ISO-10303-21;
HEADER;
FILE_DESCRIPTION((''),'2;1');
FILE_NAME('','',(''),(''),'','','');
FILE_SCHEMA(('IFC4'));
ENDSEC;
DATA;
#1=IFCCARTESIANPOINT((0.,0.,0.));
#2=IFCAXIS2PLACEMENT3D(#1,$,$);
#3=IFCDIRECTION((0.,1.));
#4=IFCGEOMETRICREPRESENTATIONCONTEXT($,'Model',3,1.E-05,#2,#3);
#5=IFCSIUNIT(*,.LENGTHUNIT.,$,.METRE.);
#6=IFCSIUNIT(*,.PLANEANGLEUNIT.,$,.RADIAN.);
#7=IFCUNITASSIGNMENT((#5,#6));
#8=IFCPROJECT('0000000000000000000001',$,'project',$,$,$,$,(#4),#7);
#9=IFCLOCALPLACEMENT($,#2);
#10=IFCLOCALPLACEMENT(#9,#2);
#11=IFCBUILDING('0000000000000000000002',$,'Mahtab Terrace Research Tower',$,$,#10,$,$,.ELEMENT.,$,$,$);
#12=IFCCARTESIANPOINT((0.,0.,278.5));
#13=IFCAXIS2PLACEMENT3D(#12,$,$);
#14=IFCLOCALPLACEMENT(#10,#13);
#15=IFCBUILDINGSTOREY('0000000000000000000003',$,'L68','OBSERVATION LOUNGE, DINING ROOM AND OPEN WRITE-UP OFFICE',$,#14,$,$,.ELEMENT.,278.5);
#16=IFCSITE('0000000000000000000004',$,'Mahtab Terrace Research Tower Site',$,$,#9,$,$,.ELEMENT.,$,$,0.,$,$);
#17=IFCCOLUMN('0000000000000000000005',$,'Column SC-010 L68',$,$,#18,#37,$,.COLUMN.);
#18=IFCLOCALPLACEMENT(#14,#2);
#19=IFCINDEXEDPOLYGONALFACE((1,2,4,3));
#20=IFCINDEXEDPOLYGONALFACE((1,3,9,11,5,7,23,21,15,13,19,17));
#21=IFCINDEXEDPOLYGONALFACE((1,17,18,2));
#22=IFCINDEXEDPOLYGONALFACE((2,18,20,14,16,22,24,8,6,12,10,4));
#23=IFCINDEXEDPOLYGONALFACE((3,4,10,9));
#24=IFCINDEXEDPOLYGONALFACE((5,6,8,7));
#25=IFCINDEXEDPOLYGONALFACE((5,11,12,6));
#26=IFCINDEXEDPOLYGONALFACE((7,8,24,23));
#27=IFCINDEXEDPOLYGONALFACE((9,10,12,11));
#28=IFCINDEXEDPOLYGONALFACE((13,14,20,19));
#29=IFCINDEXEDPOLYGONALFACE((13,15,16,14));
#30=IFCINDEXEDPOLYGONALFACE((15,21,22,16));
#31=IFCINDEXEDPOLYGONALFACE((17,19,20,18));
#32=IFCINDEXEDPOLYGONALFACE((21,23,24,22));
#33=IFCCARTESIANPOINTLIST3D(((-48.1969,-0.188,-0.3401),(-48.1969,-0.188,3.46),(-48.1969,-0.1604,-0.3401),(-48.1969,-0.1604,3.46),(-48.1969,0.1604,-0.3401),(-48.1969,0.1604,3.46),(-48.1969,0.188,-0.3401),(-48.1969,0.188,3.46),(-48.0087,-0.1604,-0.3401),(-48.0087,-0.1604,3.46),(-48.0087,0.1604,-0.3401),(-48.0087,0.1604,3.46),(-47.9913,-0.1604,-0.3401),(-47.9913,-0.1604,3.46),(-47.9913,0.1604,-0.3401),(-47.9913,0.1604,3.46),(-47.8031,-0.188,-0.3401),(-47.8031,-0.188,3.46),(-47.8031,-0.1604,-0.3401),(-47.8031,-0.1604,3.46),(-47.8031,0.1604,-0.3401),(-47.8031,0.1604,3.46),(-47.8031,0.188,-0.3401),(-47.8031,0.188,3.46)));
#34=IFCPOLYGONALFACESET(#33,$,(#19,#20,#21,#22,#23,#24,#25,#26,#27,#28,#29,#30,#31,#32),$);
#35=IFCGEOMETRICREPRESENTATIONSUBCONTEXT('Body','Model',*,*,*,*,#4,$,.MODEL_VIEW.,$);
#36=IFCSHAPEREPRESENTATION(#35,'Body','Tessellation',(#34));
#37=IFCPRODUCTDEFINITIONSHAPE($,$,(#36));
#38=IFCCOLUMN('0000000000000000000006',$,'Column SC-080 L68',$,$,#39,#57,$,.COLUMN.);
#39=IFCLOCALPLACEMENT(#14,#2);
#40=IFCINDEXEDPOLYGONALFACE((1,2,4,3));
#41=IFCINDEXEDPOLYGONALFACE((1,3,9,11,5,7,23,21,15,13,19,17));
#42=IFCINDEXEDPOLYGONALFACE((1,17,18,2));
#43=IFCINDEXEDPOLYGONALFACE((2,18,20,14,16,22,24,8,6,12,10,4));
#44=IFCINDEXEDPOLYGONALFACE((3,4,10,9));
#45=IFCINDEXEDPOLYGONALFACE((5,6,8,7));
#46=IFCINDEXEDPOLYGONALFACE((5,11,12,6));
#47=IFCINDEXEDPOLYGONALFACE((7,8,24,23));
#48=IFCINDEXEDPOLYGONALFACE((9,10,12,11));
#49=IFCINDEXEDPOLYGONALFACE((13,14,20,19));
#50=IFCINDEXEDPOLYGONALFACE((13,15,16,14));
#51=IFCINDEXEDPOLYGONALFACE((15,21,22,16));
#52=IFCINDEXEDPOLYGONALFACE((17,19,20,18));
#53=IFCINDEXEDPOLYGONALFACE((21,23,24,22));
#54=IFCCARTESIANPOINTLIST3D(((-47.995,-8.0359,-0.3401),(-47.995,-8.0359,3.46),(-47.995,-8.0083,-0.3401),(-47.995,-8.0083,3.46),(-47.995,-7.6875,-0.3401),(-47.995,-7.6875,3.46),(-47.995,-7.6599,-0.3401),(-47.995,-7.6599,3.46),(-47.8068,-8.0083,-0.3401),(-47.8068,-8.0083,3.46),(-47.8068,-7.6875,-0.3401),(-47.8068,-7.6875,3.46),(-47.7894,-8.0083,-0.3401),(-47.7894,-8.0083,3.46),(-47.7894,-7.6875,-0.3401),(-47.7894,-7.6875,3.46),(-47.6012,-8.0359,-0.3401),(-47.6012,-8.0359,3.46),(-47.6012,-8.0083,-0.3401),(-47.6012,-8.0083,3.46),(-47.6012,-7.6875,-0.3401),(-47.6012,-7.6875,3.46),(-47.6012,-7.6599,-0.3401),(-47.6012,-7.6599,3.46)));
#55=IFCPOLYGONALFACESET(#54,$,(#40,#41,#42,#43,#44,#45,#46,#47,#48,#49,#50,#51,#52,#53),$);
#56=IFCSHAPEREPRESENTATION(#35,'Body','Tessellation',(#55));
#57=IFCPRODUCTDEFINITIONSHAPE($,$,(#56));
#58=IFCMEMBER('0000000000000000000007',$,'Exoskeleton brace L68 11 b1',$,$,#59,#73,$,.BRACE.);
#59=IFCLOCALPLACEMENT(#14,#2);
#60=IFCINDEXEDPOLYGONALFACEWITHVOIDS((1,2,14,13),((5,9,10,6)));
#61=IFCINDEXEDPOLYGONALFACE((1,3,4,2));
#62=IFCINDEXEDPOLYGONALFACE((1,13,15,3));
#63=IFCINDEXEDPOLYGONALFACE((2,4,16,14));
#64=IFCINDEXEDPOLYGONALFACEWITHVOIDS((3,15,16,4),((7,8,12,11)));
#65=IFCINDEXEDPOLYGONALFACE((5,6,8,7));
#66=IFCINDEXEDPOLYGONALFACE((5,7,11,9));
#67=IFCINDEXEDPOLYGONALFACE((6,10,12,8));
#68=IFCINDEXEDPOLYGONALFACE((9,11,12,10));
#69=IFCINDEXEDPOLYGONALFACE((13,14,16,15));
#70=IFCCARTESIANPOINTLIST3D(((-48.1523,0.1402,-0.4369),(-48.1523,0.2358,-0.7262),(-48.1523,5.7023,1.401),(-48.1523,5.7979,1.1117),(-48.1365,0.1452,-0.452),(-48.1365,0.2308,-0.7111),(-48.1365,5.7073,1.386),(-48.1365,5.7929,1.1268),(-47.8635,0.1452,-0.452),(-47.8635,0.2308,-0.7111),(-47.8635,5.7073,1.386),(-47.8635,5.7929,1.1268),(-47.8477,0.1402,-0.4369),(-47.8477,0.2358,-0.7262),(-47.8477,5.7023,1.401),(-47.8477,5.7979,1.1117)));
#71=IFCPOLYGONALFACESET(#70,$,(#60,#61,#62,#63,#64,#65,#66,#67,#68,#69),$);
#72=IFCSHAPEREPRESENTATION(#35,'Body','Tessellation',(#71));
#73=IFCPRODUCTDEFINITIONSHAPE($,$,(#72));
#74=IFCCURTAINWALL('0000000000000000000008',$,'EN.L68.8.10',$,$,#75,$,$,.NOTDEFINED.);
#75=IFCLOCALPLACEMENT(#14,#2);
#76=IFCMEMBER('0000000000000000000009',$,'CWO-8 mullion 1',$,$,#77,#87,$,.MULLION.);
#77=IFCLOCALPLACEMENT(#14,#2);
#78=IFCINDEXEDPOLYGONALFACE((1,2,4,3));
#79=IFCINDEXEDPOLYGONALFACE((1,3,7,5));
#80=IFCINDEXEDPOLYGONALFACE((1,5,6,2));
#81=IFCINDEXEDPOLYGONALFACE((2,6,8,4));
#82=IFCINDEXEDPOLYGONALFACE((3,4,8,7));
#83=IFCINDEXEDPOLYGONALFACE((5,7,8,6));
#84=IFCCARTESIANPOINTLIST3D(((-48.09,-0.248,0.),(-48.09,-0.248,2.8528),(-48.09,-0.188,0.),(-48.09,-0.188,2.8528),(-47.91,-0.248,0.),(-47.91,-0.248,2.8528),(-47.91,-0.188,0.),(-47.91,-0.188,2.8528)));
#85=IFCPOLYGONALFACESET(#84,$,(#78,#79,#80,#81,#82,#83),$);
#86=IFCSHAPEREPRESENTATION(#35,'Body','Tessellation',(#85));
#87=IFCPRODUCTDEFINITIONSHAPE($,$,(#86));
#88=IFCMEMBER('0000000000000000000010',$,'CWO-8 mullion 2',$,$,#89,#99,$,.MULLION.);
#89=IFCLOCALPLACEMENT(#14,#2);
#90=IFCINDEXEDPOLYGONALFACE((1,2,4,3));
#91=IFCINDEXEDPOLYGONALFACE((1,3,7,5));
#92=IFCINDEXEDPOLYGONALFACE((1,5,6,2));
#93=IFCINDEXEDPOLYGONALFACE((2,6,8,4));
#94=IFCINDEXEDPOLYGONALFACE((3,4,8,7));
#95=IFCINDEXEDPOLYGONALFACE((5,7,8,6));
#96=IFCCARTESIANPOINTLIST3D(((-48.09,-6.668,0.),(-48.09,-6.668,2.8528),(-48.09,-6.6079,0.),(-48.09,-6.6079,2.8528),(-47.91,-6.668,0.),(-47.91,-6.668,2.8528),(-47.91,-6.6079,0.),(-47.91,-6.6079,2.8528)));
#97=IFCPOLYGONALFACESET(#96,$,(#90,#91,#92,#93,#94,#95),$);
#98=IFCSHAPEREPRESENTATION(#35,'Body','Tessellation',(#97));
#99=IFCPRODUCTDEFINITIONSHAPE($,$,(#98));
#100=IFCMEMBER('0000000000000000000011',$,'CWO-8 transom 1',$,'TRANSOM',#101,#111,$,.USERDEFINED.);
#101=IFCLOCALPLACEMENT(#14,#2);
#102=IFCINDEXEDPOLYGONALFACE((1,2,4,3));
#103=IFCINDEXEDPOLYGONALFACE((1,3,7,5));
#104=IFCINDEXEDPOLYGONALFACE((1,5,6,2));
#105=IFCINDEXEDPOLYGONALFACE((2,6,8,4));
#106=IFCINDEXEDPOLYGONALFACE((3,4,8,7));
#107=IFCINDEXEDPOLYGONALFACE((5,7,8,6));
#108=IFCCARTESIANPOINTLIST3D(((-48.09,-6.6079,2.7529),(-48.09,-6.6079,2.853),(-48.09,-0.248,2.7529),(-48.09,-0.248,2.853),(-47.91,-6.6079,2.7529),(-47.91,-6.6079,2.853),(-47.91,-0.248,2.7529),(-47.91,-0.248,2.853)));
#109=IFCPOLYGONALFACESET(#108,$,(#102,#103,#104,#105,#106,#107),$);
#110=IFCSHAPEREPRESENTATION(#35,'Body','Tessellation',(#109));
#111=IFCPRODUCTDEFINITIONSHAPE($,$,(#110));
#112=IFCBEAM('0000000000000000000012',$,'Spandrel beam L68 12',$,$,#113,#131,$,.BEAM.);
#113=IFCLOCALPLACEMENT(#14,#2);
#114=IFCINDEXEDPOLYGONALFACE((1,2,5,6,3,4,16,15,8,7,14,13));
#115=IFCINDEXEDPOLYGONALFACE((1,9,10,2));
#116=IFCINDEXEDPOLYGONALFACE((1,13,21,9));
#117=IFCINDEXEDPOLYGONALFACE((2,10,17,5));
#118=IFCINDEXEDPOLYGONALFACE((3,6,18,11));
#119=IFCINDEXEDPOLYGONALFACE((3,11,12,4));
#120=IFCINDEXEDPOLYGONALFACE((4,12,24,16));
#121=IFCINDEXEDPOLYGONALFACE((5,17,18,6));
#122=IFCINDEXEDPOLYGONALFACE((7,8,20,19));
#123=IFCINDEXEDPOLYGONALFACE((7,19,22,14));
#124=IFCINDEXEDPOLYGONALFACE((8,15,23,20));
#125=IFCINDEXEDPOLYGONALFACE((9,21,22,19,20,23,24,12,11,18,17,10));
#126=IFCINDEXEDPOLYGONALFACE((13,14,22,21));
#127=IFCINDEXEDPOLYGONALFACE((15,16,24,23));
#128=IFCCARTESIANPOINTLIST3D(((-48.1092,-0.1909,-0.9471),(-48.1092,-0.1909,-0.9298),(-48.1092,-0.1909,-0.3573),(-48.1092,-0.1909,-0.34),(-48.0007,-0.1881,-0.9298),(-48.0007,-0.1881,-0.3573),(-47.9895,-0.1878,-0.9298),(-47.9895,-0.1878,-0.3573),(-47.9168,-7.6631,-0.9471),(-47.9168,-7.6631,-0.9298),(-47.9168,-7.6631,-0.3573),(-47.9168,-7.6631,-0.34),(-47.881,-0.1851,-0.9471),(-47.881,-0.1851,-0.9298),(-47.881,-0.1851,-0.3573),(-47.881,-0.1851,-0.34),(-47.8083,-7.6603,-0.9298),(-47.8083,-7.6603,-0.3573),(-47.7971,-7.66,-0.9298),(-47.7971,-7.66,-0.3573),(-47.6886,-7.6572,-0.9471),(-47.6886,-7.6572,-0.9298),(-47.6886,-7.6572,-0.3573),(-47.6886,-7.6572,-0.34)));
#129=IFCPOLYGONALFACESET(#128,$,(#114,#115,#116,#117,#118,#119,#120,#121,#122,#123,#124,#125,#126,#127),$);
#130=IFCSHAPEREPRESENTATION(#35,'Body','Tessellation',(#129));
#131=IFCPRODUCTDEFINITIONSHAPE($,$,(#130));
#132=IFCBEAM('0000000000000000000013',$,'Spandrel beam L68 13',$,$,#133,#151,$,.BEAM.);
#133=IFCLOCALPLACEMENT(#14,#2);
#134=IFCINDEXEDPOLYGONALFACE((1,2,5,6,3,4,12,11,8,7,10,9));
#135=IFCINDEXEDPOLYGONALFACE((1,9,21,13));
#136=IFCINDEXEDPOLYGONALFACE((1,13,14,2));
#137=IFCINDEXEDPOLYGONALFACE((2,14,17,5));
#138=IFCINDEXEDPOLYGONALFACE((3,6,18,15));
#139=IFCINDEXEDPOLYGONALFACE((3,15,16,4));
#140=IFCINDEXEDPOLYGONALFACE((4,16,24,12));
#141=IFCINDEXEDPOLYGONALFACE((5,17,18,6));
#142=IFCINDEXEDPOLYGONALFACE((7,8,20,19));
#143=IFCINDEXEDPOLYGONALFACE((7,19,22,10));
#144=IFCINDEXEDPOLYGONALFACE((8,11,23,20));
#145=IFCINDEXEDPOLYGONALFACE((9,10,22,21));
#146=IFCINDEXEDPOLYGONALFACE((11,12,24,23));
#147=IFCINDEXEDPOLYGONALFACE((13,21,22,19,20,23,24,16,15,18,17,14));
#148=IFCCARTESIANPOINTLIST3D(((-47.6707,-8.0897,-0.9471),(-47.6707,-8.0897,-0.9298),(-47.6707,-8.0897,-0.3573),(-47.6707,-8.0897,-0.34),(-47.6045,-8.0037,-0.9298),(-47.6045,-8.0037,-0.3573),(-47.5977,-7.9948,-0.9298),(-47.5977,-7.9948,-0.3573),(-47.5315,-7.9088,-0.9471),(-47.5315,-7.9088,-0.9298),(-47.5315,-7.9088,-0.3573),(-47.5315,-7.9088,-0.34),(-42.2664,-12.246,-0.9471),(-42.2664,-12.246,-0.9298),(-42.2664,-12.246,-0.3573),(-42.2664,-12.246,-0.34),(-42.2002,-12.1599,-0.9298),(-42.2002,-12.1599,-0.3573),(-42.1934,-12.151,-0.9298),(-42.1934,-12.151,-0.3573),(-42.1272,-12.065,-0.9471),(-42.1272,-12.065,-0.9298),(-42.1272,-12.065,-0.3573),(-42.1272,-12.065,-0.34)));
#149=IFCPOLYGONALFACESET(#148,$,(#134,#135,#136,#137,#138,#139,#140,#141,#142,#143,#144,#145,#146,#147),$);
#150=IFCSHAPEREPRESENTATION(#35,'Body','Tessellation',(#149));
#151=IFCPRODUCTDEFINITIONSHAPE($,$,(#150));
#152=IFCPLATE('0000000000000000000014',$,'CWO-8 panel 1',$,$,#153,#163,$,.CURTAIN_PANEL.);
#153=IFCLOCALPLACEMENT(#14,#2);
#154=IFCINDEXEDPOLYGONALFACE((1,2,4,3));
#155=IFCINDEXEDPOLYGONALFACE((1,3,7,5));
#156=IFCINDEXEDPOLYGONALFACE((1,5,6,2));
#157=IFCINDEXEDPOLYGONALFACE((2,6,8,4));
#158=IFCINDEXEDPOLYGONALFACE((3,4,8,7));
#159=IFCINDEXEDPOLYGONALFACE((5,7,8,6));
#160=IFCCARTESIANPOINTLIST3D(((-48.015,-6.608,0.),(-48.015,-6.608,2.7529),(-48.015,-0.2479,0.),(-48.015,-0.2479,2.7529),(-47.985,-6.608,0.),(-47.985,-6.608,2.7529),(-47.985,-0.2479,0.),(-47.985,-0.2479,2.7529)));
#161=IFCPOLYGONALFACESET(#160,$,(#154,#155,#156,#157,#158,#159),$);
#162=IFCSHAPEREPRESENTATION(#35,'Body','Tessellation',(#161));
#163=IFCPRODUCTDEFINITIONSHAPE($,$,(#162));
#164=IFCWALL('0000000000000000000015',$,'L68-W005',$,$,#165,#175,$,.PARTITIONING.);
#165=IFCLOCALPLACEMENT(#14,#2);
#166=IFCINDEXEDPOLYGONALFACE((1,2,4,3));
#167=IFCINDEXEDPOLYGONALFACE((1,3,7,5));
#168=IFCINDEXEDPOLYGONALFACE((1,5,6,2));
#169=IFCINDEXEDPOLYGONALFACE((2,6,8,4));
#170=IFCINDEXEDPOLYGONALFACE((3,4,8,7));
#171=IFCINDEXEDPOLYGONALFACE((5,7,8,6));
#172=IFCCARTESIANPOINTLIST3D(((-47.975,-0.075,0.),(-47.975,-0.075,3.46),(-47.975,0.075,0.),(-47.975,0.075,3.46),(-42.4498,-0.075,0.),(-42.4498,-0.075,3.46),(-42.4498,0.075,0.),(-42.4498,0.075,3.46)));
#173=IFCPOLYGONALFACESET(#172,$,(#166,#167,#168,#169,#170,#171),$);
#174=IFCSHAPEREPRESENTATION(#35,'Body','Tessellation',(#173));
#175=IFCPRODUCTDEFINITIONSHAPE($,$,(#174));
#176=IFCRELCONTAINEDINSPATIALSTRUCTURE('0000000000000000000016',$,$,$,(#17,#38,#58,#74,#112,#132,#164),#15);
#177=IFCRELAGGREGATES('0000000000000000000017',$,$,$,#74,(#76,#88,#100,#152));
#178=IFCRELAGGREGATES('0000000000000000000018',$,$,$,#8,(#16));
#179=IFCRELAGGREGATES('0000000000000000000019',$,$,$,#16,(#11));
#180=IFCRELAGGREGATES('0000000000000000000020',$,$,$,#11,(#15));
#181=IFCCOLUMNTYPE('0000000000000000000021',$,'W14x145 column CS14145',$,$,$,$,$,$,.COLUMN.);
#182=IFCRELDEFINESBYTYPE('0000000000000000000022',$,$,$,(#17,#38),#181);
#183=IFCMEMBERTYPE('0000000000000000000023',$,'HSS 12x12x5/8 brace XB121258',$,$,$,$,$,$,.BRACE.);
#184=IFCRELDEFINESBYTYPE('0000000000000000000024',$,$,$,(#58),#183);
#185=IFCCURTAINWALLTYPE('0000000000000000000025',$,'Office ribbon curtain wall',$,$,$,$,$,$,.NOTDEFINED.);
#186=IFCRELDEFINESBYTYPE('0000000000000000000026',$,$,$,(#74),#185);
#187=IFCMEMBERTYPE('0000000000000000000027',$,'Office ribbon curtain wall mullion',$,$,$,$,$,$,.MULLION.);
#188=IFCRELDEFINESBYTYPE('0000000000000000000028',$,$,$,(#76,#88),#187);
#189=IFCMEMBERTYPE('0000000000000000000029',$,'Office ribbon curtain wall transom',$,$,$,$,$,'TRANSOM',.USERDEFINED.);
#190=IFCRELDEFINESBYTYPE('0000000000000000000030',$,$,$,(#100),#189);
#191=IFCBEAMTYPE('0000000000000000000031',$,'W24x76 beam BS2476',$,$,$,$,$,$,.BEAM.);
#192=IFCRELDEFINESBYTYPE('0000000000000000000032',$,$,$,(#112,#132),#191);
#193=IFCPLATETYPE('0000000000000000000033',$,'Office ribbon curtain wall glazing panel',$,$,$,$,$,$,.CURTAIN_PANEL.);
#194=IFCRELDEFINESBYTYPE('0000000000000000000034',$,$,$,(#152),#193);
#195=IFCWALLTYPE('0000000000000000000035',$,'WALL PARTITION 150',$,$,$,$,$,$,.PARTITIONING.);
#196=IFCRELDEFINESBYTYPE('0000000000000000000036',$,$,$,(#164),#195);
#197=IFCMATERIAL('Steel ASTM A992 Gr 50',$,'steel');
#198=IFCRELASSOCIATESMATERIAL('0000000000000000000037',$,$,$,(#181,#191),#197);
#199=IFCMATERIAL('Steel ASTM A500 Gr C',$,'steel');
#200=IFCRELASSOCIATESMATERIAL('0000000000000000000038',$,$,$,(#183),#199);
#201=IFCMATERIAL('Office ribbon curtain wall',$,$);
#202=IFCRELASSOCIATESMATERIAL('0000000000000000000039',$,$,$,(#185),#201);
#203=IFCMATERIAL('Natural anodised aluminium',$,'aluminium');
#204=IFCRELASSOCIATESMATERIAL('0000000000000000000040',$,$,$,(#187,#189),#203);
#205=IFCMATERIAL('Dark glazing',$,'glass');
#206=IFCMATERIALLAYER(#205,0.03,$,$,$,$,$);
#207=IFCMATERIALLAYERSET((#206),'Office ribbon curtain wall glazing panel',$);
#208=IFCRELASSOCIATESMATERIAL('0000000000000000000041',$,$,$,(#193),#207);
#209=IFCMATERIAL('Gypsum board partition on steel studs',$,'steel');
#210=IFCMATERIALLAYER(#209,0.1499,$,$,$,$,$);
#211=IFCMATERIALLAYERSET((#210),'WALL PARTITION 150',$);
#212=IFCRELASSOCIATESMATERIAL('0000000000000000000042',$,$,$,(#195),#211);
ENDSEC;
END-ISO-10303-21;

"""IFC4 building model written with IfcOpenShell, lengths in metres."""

from ifc_helpers import new_model, si_unit, direction, frame, frame_2d, origin, origin_2d, place, context, subcontext, project, spatial, rectangle, hollow_rectangle, i_section, extrude, material, layer, layer_set, material_profile, profile_set, type_object, element, aggregate, save


model = new_model("IFC4")

# Units and contexts
model_context = context("Model", 3, precision=1e-05, world=origin(), true_north=direction((0.0, 1.0)))
body_context = subcontext(model_context, "Body", "Model", "MODEL_VIEW")
ifc_project = project(units=[si_unit("LENGTHUNIT", "METRE"), si_unit("PLANEANGLEUNIT", "RADIAN")], contexts=[model_context])

# Site, building, storey
site_placement = place(None, origin())
site = spatial("IfcSite", under=ifc_project, at=site_placement, Name="Mahtab Terrace Research Tower Site", CompositionType="ELEMENT", RefElevation=0.0)
building_placement = place(site_placement, origin())
building = spatial("IfcBuilding", under=site, at=building_placement, Name="Mahtab Terrace Research Tower", CompositionType="ELEMENT")
storey_placement = place(building_placement, frame((0.0, 0.0, 278.5)))
storey = spatial("IfcBuildingStorey", under=building, at=storey_placement, Name="L68", Description="OBSERVATION LOUNGE, DINING ROOM AND OPEN WRITE-UP OFFICE", CompositionType="ELEMENT", Elevation=278.5)

# Columns
ifc_material_1 = material(Name="Steel ASTM A992 Gr 50", Category="steel")
ifc_material_profile_1 = material_profile(ifc_material_1, i_section(OverallWidth=0.3938, OverallDepth=0.376, WebThickness=0.0173, FlangeThickness=0.0276, at=origin_2d()), Name="W14X145")
ifc_profile_set_1 = profile_set([ifc_material_profile_1], Name="Steel ASTM A992 Gr 50")
column_type = type_object("IfcColumnType", Name="W14x145 column CS14145", PredefinedType="COLUMN", material=ifc_profile_set_1)
for number, where, z_axis, x_axis, name in (
    (1, (-48.0, 0.0, -0.3401), (0.0, 0.0, 1.0), (1.0, 0.0, 0.0), "Column SC-010 L68"),
    (2, (-47.7981, -7.8479, -0.3401), (0.0, 0.0, 1.0), (1.0, 0.0, 0.0), "Column SC-080 L68"),
):
    element("IfcColumn", number, at=place(storey_placement, frame(where, z_axis=z_axis, x_axis=x_axis)), inside=storey, type_object=column_type, Name=name, PredefinedType="COLUMN", context=body_context, shape_type="SweptSolid", body=[
        extrude(i_section(OverallWidth=0.3938, OverallDepth=0.376, WebThickness=0.0173, FlangeThickness=0.0276, at=origin_2d()), origin(), (0.0, 0.0, 1.0), 3.8),
    ])

# Member
ifc_material_2 = material(Name="Steel ASTM A500 Gr C", Category="steel")
ifc_material_profile_2 = material_profile(ifc_material_2, hollow_rectangle(XDim=0.3047, YDim=0.3047, WallThickness=0.0159, at=origin_2d()), Name="HSS12X12X5/8")
ifc_profile_set_2 = profile_set([ifc_material_profile_2], Name="Steel ASTM A500 Gr C")
member_type_1 = type_object("IfcMemberType", Name="HSS 12x12x5/8 brace XB121258", PredefinedType="BRACE", material=ifc_profile_set_2)
member_1_placement = place(storey_placement, frame((-48.0, 0.188, -0.5815), z_axis=(0.0, 0.949505, 0.313751), x_axis=(-1.0, 0.0, 0.0)))
element("IfcMember", 3, at=member_1_placement, inside=storey, type_object=member_type_1, Name="Exoskeleton brace L68 11 b1", PredefinedType="BRACE", context=body_context, shape_type="SweptSolid", body=[
    extrude(hollow_rectangle(XDim=0.3047, YDim=0.3047, WallThickness=0.0159, at=origin_2d()), origin(), (0.0, 0.0, 1.0), 5.8579),
])

# Curtain wall, members
ifc_material_3 = material(Name="Office ribbon curtain wall")
curtain_wall_type = type_object("IfcCurtainWallType", Name="Office ribbon curtain wall", PredefinedType="NOTDEFINED", material=ifc_material_3)
curtain_wall_placement = place(storey_placement, origin())
curtain_wall = element("IfcCurtainWall", 4, at=curtain_wall_placement, inside=storey, type_object=curtain_wall_type, Name="EN.L68.8.10", PredefinedType="NOTDEFINED")
ifc_material_4 = material(Name="Natural anodised aluminium", Category="aluminium")
ifc_material_profile_3 = material_profile(ifc_material_4, rectangle(XDim=0.1799, YDim=0.0601, at=origin_2d()), Name="MULLION 60x180")
ifc_profile_set_3 = profile_set([ifc_material_profile_3], Name="Natural anodised aluminium")
member_type_2 = type_object("IfcMemberType", Name="Office ribbon curtain wall mullion", PredefinedType="MULLION", material=ifc_profile_set_3)
member_2_placement = place(storey_placement, frame((-48.0, -0.218, 0.0), z_axis=(0.0, 0.0, 1.0), x_axis=(1.0, 0.0, 0.0)))
member_2 = element("IfcMember", 5, at=member_2_placement, type_object=member_type_2, Name="CWO-8 mullion 1", PredefinedType="MULLION", context=body_context, shape_type="SweptSolid", body=[
    extrude(rectangle(XDim=0.1799, YDim=0.0601, at=origin_2d()), origin(), (0.0, 0.0, 1.0), 2.8528),
])
member_3_placement = place(storey_placement, frame((-48.0, -6.6379, 0.0), z_axis=(0.0, 0.0, 1.0), x_axis=(1.0, 0.0, 0.0)))
member_3 = element("IfcMember", 6, at=member_3_placement, type_object=member_type_2, Name="CWO-8 mullion 2", PredefinedType="MULLION", context=body_context, shape_type="SweptSolid", body=[
    extrude(rectangle(XDim=0.1799, YDim=0.0601, at=origin_2d()), origin(), (0.0, 0.0, 1.0), 2.8528),
])
ifc_material_profile_4 = material_profile(ifc_material_4, rectangle(XDim=0.1799, YDim=0.1001, at=origin_2d()), Name="TRANSOM 100x180")
ifc_profile_set_4 = profile_set([ifc_material_profile_4], Name="Natural anodised aluminium")
member_type_3 = type_object("IfcMemberType", Name="Office ribbon curtain wall transom", ElementType="TRANSOM", PredefinedType="USERDEFINED", material=ifc_profile_set_4)
member_4_placement = place(storey_placement, frame((-48.0, -0.248, 2.803), z_axis=(0.0, -1.0, 0.0), x_axis=(1.0, 0.0, 0.0)))
member_4 = element("IfcMember", 7, at=member_4_placement, type_object=member_type_3, Name="CWO-8 transom 1", ObjectType="TRANSOM", PredefinedType="USERDEFINED", context=body_context, shape_type="SweptSolid", body=[
    extrude(rectangle(XDim=0.1799, YDim=0.1001, at=origin_2d()), origin(), (0.0, 0.0, 1.0), 6.3599),
])

# Beams
ifc_material_profile_5 = material_profile(ifc_material_1, i_section(OverallWidth=0.2283, OverallDepth=0.6072, WebThickness=0.0112, FlangeThickness=0.0173, at=origin_2d()), Name="W24X76")
ifc_profile_set_5 = profile_set([ifc_material_profile_5], Name="Steel ASTM A992 Gr 50")
beam_type = type_object("IfcBeamType", Name="W24x76 beam BS2476", PredefinedType="BEAM", material=ifc_profile_set_5)
beam_1_placement = place(storey_placement, frame((-47.9951, -0.188, -0.6436), z_axis=(0.025738, -0.999669, 0.0), x_axis=(0.999669, 0.025738, 0.0)))
element("IfcBeam", 8, at=beam_1_placement, inside=storey, type_object=beam_type, Name="Spandrel beam L68 12", PredefinedType="BEAM", context=body_context, shape_type="SweptSolid", body=[
    extrude(i_section(OverallWidth=0.2283, OverallDepth=0.6072, WebThickness=0.0112, FlangeThickness=0.0173, at=origin_2d()), origin(), (0.0, 0.0, 1.0), 7.4746),
])
beam_2_placement = place(storey_placement, frame((-47.6011, -7.9993, -0.6436), z_axis=(0.792688, -0.609628, 0.0), x_axis=(0.609628, 0.792688, 0.0)))
element("IfcBeam", 9, at=beam_2_placement, inside=storey, type_object=beam_type, Name="Spandrel beam L68 13", PredefinedType="BEAM", context=body_context, shape_type="SweptSolid", body=[
    extrude(i_section(OverallWidth=0.2283, OverallDepth=0.6072, WebThickness=0.0112, FlangeThickness=0.0173, at=origin_2d()), origin(), (0.0, 0.0, 1.0), 6.8176),
])

# Plate
ifc_material_5 = material(Name="Dark glazing", Category="glass")
ifc_layer_1 = layer(ifc_material_5, 0.03)
ifc_layer_set_1 = layer_set([ifc_layer_1], Name="Office ribbon curtain wall glazing panel")
plate_type = type_object("IfcPlateType", Name="Office ribbon curtain wall glazing panel", PredefinedType="CURTAIN_PANEL", material=ifc_layer_set_1)
plate_placement = place(storey_placement, frame((-48.0, -3.428, 0.0), z_axis=(0.0, 0.0, 1.0), x_axis=(0.0, -1.0, 0.0)))
plate = element("IfcPlate", 10, at=plate_placement, type_object=plate_type, Name="CWO-8 panel 1", PredefinedType="CURTAIN_PANEL", context=body_context, shape_type="SweptSolid", body=[
    extrude(rectangle(XDim=6.3601, YDim=0.03, at=origin_2d()), origin(), (0.0, 0.0, 1.0), 2.7529),
])
aggregate(curtain_wall, [member_2, member_3, member_4, plate])

# Wall
ifc_material_6 = material(Name="Gypsum board partition on steel studs", Category="steel")
ifc_layer_2 = layer(ifc_material_6, 0.1499)
ifc_layer_set_2 = layer_set([ifc_layer_2], Name="WALL PARTITION 150")
wall_type = type_object("IfcWallType", Name="WALL PARTITION 150", PredefinedType="PARTITIONING", material=ifc_layer_set_2)
wall_placement = place(storey_placement, frame((-47.9751, 0.0, 0.0), z_axis=(0.0, 0.0, 1.0), x_axis=(1.0, 0.0, 0.0)))
element("IfcWall", 11, at=wall_placement, inside=storey, type_object=wall_type, Name="L68-W005", PredefinedType="PARTITIONING", context=body_context, shape_type="SweptSolid", body=[
    extrude(rectangle(XDim=5.5251, YDim=0.1499, at=frame_2d((2.7627, 0.0))), origin(), (0.0, 0.0, 1.0), 3.46),
])

save(model, "model.ifc")
